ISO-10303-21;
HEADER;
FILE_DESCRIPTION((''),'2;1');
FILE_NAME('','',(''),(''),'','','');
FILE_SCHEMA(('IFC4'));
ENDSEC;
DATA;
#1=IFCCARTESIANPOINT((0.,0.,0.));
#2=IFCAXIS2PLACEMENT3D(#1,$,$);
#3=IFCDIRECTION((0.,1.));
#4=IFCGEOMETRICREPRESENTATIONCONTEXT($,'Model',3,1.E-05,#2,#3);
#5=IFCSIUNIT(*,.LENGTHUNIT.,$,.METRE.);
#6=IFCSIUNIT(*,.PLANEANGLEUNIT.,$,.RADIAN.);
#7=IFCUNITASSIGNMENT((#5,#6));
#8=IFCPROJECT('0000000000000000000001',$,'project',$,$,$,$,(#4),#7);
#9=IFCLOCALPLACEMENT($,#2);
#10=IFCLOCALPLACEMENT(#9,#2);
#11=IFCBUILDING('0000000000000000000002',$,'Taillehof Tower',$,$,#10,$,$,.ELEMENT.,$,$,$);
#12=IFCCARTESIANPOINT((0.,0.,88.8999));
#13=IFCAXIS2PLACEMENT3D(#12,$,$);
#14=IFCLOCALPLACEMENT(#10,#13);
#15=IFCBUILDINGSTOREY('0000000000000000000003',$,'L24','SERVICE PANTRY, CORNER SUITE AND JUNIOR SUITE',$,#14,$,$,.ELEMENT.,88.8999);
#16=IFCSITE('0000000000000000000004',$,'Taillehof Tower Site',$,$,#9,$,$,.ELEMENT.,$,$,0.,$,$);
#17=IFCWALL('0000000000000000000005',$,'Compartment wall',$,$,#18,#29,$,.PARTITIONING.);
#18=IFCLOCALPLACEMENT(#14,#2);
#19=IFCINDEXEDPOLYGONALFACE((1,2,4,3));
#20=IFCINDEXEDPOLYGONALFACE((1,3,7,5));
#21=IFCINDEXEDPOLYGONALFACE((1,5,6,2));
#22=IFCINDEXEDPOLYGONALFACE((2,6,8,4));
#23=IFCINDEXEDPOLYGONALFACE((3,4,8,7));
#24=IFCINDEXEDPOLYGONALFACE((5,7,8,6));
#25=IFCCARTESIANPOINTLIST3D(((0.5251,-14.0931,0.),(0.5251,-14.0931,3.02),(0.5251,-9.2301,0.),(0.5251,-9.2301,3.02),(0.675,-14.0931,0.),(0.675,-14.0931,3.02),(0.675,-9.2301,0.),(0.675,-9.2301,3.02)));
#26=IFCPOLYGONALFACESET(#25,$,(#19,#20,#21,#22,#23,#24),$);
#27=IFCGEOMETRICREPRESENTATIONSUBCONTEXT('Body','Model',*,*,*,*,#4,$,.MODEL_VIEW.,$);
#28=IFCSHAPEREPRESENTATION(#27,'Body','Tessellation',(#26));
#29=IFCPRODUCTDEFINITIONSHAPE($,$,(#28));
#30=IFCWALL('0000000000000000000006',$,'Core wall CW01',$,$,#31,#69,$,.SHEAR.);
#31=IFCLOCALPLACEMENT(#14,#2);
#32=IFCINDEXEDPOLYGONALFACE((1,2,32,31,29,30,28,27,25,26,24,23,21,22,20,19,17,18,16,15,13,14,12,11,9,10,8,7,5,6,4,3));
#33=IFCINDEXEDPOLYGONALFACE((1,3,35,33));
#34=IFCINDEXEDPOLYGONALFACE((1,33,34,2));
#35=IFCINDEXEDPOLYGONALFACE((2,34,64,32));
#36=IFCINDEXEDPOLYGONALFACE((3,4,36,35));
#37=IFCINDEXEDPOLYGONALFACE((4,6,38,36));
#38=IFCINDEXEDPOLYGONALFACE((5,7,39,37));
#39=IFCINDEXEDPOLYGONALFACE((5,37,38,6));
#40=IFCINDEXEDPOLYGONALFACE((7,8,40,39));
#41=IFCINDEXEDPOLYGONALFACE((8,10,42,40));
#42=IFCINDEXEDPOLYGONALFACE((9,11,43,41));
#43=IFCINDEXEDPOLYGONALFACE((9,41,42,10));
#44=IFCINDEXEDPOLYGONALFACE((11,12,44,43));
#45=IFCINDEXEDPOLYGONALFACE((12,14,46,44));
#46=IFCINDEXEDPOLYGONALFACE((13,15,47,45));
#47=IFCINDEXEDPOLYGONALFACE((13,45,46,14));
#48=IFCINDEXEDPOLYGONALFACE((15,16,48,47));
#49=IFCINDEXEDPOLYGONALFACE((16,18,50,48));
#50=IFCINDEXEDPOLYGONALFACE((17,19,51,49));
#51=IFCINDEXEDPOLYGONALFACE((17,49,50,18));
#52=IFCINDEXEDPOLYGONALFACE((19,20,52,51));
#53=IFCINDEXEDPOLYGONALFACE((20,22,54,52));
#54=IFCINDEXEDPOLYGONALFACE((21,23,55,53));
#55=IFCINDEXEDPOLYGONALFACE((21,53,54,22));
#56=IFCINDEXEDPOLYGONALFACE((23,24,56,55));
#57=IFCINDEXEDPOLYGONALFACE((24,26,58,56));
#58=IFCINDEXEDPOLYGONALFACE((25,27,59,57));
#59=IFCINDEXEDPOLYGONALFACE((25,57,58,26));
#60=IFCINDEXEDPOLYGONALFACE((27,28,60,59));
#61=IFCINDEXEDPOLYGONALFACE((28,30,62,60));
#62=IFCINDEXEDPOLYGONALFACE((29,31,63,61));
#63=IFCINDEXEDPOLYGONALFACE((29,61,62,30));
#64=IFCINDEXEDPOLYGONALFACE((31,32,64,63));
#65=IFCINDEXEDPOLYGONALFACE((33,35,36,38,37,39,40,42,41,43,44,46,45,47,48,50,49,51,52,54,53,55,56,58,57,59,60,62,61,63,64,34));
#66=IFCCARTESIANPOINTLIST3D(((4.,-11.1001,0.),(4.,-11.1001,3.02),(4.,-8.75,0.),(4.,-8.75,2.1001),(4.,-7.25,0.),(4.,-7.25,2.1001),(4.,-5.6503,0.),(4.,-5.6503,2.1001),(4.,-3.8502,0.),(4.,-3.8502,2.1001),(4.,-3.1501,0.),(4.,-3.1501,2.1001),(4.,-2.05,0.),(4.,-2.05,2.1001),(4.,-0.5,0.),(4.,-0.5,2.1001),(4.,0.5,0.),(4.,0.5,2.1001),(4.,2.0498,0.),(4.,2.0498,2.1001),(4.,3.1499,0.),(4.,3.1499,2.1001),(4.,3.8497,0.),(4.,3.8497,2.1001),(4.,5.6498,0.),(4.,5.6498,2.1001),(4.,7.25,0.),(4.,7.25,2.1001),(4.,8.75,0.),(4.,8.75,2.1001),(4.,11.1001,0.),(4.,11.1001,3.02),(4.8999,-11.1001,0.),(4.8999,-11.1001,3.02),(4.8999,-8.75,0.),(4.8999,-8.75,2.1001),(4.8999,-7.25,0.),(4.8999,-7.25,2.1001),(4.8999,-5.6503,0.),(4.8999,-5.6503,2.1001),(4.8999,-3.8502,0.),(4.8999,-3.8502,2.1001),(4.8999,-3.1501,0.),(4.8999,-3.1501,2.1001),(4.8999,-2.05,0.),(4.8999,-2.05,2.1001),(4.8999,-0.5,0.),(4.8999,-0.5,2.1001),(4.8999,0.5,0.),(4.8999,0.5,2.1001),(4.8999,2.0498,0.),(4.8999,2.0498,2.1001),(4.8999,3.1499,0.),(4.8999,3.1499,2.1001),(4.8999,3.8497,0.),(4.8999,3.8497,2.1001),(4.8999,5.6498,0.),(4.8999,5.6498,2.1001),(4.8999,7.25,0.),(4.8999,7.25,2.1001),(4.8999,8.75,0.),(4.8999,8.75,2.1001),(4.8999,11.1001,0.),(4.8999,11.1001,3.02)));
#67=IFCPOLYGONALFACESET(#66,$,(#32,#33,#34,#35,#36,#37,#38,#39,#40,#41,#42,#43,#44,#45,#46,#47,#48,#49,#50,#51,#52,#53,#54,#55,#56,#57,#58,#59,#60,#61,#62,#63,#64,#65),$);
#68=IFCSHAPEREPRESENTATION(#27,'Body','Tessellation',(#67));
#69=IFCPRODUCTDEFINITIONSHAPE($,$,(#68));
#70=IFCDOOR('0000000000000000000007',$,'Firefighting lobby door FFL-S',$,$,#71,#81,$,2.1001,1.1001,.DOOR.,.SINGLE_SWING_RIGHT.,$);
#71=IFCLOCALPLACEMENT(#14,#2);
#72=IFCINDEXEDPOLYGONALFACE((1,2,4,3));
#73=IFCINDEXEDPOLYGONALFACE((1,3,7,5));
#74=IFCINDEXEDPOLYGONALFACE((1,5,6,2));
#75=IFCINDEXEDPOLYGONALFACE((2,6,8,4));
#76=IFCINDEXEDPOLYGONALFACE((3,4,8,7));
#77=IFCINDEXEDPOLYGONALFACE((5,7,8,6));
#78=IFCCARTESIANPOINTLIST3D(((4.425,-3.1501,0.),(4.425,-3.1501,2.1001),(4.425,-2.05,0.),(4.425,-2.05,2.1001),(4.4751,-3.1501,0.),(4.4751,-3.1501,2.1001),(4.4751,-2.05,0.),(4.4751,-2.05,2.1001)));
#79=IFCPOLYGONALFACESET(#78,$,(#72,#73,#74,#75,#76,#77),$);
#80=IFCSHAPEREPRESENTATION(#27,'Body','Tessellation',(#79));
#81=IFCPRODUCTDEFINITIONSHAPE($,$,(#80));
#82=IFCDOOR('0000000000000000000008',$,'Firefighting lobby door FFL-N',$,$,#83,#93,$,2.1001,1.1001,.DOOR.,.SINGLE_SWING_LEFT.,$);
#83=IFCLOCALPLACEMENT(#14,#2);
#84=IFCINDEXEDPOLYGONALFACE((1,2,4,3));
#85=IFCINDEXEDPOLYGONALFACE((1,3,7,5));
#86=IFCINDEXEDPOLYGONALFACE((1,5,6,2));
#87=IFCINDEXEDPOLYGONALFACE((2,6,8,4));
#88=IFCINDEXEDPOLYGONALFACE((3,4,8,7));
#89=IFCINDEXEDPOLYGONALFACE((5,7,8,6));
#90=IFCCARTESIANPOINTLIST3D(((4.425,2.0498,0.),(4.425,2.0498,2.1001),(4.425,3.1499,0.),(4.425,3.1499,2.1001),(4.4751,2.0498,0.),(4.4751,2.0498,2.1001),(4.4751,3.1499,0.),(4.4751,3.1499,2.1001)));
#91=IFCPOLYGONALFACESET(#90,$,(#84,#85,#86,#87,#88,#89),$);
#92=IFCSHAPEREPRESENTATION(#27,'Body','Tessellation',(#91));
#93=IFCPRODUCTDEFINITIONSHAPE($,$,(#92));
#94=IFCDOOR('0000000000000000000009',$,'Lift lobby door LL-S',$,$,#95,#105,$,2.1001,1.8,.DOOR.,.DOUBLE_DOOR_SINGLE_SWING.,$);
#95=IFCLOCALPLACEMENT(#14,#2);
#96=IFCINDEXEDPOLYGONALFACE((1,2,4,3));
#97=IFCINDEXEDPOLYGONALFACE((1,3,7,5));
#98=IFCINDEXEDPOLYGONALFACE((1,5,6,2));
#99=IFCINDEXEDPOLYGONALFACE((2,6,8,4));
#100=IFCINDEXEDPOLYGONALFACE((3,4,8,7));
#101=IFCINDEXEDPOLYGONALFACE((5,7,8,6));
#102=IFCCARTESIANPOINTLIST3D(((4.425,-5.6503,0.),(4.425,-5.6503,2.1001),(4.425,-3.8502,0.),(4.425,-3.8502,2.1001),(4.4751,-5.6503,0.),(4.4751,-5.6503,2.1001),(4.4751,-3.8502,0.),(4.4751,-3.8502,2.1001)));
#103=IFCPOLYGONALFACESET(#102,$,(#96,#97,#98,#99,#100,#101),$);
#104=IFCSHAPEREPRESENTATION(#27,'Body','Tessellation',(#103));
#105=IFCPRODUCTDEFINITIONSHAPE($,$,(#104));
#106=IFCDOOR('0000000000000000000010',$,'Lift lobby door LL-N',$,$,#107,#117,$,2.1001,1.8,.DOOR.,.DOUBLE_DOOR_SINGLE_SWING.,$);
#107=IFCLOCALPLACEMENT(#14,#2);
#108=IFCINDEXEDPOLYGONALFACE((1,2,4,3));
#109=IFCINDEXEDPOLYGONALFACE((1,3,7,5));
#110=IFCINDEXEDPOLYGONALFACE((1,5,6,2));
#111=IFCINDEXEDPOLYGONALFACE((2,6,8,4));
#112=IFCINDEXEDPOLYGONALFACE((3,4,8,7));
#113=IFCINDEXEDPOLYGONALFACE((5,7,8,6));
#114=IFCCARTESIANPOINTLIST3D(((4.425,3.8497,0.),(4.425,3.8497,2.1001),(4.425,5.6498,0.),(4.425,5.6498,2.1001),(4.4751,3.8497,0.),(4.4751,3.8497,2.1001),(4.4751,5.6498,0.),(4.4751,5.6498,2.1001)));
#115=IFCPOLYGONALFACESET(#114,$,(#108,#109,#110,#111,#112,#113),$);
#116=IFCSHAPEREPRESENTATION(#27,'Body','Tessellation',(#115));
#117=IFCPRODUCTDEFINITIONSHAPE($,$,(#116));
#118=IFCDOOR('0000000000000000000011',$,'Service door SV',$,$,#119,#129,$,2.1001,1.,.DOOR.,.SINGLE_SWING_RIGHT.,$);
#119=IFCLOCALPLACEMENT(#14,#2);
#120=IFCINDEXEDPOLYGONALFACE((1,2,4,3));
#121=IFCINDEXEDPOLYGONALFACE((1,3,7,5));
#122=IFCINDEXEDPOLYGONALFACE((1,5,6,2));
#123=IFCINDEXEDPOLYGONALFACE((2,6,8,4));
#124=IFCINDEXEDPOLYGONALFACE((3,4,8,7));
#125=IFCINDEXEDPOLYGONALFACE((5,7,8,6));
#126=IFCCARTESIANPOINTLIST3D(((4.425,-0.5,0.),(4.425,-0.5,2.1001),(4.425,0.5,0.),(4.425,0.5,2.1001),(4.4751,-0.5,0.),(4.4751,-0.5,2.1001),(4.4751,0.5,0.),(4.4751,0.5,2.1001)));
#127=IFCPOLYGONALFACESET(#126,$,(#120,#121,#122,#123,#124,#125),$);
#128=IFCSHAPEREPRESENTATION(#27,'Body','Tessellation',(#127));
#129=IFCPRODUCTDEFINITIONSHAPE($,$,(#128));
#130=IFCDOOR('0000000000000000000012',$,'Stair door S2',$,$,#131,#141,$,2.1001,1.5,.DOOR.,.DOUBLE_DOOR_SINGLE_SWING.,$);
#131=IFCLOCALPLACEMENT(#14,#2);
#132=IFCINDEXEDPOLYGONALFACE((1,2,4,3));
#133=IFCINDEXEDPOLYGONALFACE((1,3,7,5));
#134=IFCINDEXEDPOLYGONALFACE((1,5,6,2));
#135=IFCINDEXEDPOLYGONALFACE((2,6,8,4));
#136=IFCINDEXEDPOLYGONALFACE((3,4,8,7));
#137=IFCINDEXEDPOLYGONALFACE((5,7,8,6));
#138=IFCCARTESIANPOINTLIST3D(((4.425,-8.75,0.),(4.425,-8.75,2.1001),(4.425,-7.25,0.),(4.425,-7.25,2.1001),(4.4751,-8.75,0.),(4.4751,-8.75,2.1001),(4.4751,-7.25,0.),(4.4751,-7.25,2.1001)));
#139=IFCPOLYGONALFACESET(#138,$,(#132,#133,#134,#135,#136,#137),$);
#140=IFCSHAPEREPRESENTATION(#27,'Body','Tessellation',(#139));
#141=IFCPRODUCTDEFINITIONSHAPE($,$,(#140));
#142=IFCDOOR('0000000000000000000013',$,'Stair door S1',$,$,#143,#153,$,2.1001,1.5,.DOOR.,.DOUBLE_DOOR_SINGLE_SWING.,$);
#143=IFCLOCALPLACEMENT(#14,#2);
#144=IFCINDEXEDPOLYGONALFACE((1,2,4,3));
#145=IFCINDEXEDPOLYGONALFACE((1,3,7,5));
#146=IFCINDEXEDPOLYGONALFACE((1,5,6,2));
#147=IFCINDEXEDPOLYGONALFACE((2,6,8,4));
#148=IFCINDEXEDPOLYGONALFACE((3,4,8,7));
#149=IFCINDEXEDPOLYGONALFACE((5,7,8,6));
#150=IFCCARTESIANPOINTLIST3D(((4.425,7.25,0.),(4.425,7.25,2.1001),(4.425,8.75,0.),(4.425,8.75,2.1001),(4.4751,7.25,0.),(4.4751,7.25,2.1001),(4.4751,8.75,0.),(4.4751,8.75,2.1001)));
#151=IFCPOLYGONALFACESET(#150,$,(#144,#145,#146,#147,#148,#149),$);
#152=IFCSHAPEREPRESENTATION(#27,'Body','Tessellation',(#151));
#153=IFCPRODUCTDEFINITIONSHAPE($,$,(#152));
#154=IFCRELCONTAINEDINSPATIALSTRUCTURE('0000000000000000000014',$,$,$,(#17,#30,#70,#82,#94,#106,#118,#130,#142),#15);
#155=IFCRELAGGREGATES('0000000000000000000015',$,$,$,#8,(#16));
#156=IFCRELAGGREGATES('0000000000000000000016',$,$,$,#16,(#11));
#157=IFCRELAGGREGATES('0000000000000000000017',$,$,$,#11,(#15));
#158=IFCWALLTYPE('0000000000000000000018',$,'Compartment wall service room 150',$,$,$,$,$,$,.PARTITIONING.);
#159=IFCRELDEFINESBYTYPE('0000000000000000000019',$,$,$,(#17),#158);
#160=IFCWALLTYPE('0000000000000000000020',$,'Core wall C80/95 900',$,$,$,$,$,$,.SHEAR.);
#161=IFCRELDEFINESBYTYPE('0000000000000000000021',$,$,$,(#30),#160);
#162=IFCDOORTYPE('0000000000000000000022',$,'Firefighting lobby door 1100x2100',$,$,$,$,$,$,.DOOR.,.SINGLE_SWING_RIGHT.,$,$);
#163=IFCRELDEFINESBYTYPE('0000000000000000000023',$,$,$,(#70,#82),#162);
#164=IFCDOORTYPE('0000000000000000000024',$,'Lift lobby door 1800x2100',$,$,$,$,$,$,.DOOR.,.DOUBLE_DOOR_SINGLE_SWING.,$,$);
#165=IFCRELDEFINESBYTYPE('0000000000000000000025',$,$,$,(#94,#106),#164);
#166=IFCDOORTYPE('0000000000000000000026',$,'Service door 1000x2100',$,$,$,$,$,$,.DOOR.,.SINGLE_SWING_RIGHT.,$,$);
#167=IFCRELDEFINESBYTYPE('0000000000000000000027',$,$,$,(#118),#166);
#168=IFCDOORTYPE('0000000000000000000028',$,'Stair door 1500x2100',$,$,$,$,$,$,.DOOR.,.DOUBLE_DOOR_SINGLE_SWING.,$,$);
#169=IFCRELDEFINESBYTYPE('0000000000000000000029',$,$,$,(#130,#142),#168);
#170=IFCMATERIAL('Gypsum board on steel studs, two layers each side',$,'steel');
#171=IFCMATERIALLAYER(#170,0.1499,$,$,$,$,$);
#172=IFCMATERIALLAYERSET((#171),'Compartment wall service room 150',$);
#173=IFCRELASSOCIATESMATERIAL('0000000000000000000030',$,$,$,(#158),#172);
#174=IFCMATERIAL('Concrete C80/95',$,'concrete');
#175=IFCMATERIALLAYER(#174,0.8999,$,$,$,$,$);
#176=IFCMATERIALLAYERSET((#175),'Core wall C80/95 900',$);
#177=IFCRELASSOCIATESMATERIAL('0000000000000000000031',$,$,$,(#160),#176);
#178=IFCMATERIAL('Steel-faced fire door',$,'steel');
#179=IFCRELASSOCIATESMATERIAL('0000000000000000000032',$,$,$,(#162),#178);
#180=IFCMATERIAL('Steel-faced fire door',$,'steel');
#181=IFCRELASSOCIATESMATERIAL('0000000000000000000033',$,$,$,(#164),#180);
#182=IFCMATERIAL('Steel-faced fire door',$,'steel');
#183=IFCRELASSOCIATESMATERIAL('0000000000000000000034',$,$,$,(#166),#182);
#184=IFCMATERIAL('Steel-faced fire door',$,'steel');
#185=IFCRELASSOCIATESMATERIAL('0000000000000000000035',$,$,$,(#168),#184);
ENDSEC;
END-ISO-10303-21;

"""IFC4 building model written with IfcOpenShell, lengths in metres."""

from ifc_helpers import new_model, si_unit, direction, frame, frame_2d, origin, place, context, subcontext, project, spatial, rectangle, extrude, material, layer, layer_set, type_object, element, fill, save


model = new_model("IFC4")

# Units and contexts
model_context = context("Model", 3, precision=1e-05, world=origin(), true_north=direction((0.0, 1.0)))
body_context = subcontext(model_context, "Body", "Model", "MODEL_VIEW")
ifc_project = project(units=[si_unit("LENGTHUNIT", "METRE"), si_unit("PLANEANGLEUNIT", "RADIAN")], contexts=[model_context])

# Site, building, storey
site_placement = place(None, origin())
site = spatial("IfcSite", under=ifc_project, at=site_placement, Name="Taillehof Tower Site", CompositionType="ELEMENT", RefElevation=0.0)
building_placement = place(site_placement, origin())
building = spatial("IfcBuilding", under=site, at=building_placement, Name="Taillehof Tower", CompositionType="ELEMENT")
storey_placement = place(building_placement, frame((0.0, 0.0, 88.8999)))
storey = spatial("IfcBuildingStorey", under=building, at=storey_placement, Name="L24", Description="SERVICE PANTRY, CORNER SUITE AND JUNIOR SUITE", CompositionType="ELEMENT", Elevation=88.8999)

# Wall
ifc_material_1 = material(Name="Gypsum board on steel studs, two layers each side", Category="steel")
ifc_layer_1 = layer(ifc_material_1, 0.1499)
ifc_layer_set_1 = layer_set([ifc_layer_1], Name="Compartment wall service room 150")
wall_type_1 = type_object("IfcWallType", Name="Compartment wall service room 150", PredefinedType="PARTITIONING", material=ifc_layer_set_1)
wall_1_placement = place(storey_placement, frame((0.6001, -9.23, 0.0), z_axis=(0.0, 0.0, 1.0), x_axis=(0.0, -1.0, 0.0)))
element("IfcWall", 1, at=wall_1_placement, inside=storey, type_object=wall_type_1, Name="Compartment wall", PredefinedType="PARTITIONING", context=body_context, shape_type="SweptSolid", body=[
    extrude(rectangle(XDim=4.863, YDim=0.1499, at=frame_2d((2.4316, 0.0))), origin(), (0.0, 0.0, 1.0), 3.02),
])

# Wall, openings, doors
ifc_material_2 = material(Name="Concrete C80/95", Category="concrete")
ifc_layer_2 = layer(ifc_material_2, 0.8999)
ifc_layer_set_2 = layer_set([ifc_layer_2], Name="Core wall C80/95 900")
wall_type_2 = type_object("IfcWallType", Name="Core wall C80/95 900", PredefinedType="SHEAR", material=ifc_layer_set_2)
wall_2_placement = place(storey_placement, frame((4.45, -11.1001, 0.0), z_axis=(0.0, 0.0, 1.0), x_axis=(0.0, 1.0, 0.0)))
wall_2 = element("IfcWall", 2, at=wall_2_placement, inside=storey, type_object=wall_type_2, Name="Core wall CW01", PredefinedType="SHEAR", context=body_context, shape_type="SweptSolid", body=[
    extrude(rectangle(XDim=22.2002, YDim=0.8999, at=frame_2d((11.1001, 0.0))), origin(), (0.0, 0.0, 1.0), 3.02),
])
opening_1_placement = place(wall_2_placement, frame((2.3501, 0.0, 0.0)))
opening_1 = element("IfcOpeningElement", 3, at=opening_1_placement, cuts=wall_2, PredefinedType="OPENING", context=body_context, shape_type="SweptSolid", body=[
    extrude(rectangle(XDim=1.5, YDim=2.1001, at=frame_2d((0.75, 1.05))), frame((0.0, 0.46, 0.0), z_axis=(0.0, -1.0, 0.0), x_axis=(1.0, 0.0, 0.0)), (0.0, 0.0, 1.0), 0.9199),
])
opening_2_placement = place(wall_2_placement, frame((5.45, 0.0, 0.0)))
opening_2 = element("IfcOpeningElement", 4, at=opening_2_placement, cuts=wall_2, PredefinedType="OPENING", context=body_context, shape_type="SweptSolid", body=[
    extrude(rectangle(XDim=1.8, YDim=2.1001, at=frame_2d((0.8999, 1.05))), frame((0.0, 0.46, 0.0), z_axis=(0.0, -1.0, 0.0), x_axis=(1.0, 0.0, 0.0)), (0.0, 0.0, 1.0), 0.9199),
])
opening_3_placement = place(wall_2_placement, frame((7.95, 0.0, 0.0)))
opening_3 = element("IfcOpeningElement", 5, at=opening_3_placement, cuts=wall_2, PredefinedType="OPENING", context=body_context, shape_type="SweptSolid", body=[
    extrude(rectangle(XDim=1.1001, YDim=2.1001, at=frame_2d((0.55, 1.05))), frame((0.0, 0.46, 0.0), z_axis=(0.0, -1.0, 0.0), x_axis=(1.0, 0.0, 0.0)), (0.0, 0.0, 1.0), 0.9199),
])
opening_4_placement = place(wall_2_placement, frame((10.6001, 0.0, 0.0)))
opening_4 = element("IfcOpeningElement", 6, at=opening_4_placement, cuts=wall_2, PredefinedType="OPENING", context=body_context, shape_type="SweptSolid", body=[
    extrude(rectangle(XDim=1.0, YDim=2.1001, at=frame_2d((0.5, 1.05))), frame((0.0, 0.46, 0.0), z_axis=(0.0, -1.0, 0.0), x_axis=(1.0, 0.0, 0.0)), (0.0, 0.0, 1.0), 0.9199),
])
opening_5_placement = place(wall_2_placement, frame((13.1499, 0.0, 0.0)))
opening_5 = element("IfcOpeningElement", 7, at=opening_5_placement, cuts=wall_2, PredefinedType="OPENING", context=body_context, shape_type="SweptSolid", body=[
    extrude(rectangle(XDim=1.1001, YDim=2.1001, at=frame_2d((0.55, 1.05))), frame((0.0, 0.46, 0.0), z_axis=(0.0, -1.0, 0.0), x_axis=(1.0, 0.0, 0.0)), (0.0, 0.0, 1.0), 0.9199),
])
opening_6_placement = place(wall_2_placement, frame((14.95, 0.0, 0.0)))
opening_6 = element("IfcOpeningElement", 8, at=opening_6_placement, cuts=wall_2, PredefinedType="OPENING", context=body_context, shape_type="SweptSolid", body=[
    extrude(rectangle(XDim=1.8, YDim=2.1001, at=frame_2d((0.8999, 1.05))), frame((0.0, 0.46, 0.0), z_axis=(0.0, -1.0, 0.0), x_axis=(1.0, 0.0, 0.0)), (0.0, 0.0, 1.0), 0.9199),
])
opening_7_placement = place(wall_2_placement, frame((18.3501, 0.0, 0.0)))
opening_7 = element("IfcOpeningElement", 9, at=opening_7_placement, cuts=wall_2, PredefinedType="OPENING", context=body_context, shape_type="SweptSolid", body=[
    extrude(rectangle(XDim=1.5, YDim=2.1001, at=frame_2d((0.75, 1.05))), frame((0.0, 0.46, 0.0), z_axis=(0.0, -1.0, 0.0), x_axis=(1.0, 0.0, 0.0)), (0.0, 0.0, 1.0), 0.9199),
])
ifc_material_3 = material(Name="Steel-faced fire door", Category="steel")
door_type_1 = type_object("IfcDoorType", Name="Firefighting lobby door 1100x2100", OperationType="SINGLE_SWING_RIGHT", PredefinedType="DOOR", material=ifc_material_3)
door_1_placement = place(opening_3_placement, origin())
door_1 = element("IfcDoor", 10, at=door_1_placement, inside=storey, type_object=door_type_1, Name="Firefighting lobby door FFL-S", OperationType="SINGLE_SWING_RIGHT", OverallHeight=2.1001, OverallWidth=1.1001, PredefinedType="DOOR", context=body_context, shape_type="SweptSolid", body=[
    extrude(rectangle(XDim=1.1001, YDim=2.1001, at=frame_2d((0.55, 1.05))), frame((0.0, 0.0249, 0.0), z_axis=(0.0, -1.0, 0.0), x_axis=(1.0, 0.0, 0.0)), (0.0, 0.0, 1.0), 0.05),
])
fill(opening_3, door_1)
door_2_placement = place(opening_5_placement, origin())
door_2 = element("IfcDoor", 11, at=door_2_placement, inside=storey, type_object=door_type_1, Name="Firefighting lobby door FFL-N", OperationType="SINGLE_SWING_LEFT", OverallHeight=2.1001, OverallWidth=1.1001, PredefinedType="DOOR", context=body_context, shape_type="SweptSolid", body=[
    extrude(rectangle(XDim=1.1001, YDim=2.1001, at=frame_2d((0.55, 1.05))), frame((0.0, 0.0249, 0.0), z_axis=(0.0, -1.0, 0.0), x_axis=(1.0, 0.0, 0.0)), (0.0, 0.0, 1.0), 0.05),
])
fill(opening_5, door_2)
ifc_material_4 = material(Name="Steel-faced fire door", Category="steel")
door_type_2 = type_object("IfcDoorType", Name="Lift lobby door 1800x2100", OperationType="DOUBLE_DOOR_SINGLE_SWING", PredefinedType="DOOR", material=ifc_material_4)
door_3_placement = place(opening_2_placement, origin())
door_3 = element("IfcDoor", 12, at=door_3_placement, inside=storey, type_object=door_type_2, Name="Lift lobby door LL-S", OperationType="DOUBLE_DOOR_SINGLE_SWING", OverallHeight=2.1001, OverallWidth=1.8, PredefinedType="DOOR", context=body_context, shape_type="SweptSolid", body=[
    extrude(rectangle(XDim=1.8, YDim=2.1001, at=frame_2d((0.8999, 1.05))), frame((0.0, 0.0249, 0.0), z_axis=(0.0, -1.0, 0.0), x_axis=(1.0, 0.0, 0.0)), (0.0, 0.0, 1.0), 0.05),
])
fill(opening_2, door_3)
door_4_placement = place(opening_6_placement, origin())
door_4 = element("IfcDoor", 13, at=door_4_placement, inside=storey, type_object=door_type_2, Name="Lift lobby door LL-N", OperationType="DOUBLE_DOOR_SINGLE_SWING", OverallHeight=2.1001, OverallWidth=1.8, PredefinedType="DOOR", context=body_context, shape_type="SweptSolid", body=[
    extrude(rectangle(XDim=1.8, YDim=2.1001, at=frame_2d((0.8999, 1.05))), frame((0.0, 0.0249, 0.0), z_axis=(0.0, -1.0, 0.0), x_axis=(1.0, 0.0, 0.0)), (0.0, 0.0, 1.0), 0.05),
])
fill(opening_6, door_4)
ifc_material_5 = material(Name="Steel-faced fire door", Category="steel")
door_type_3 = type_object("IfcDoorType", Name="Service door 1000x2100", OperationType="SINGLE_SWING_RIGHT", PredefinedType="DOOR", material=ifc_material_5)
door_5_placement = place(opening_4_placement, origin())
door_5 = element("IfcDoor", 14, at=door_5_placement, inside=storey, type_object=door_type_3, Name="Service door SV", OperationType="SINGLE_SWING_RIGHT", OverallHeight=2.1001, OverallWidth=1.0, PredefinedType="DOOR", context=body_context, shape_type="SweptSolid", body=[
    extrude(rectangle(XDim=1.0, YDim=2.1001, at=frame_2d((0.5, 1.05))), frame((0.0, 0.0249, 0.0), z_axis=(0.0, -1.0, 0.0), x_axis=(1.0, 0.0, 0.0)), (0.0, 0.0, 1.0), 0.05),
])
fill(opening_4, door_5)
ifc_material_6 = material(Name="Steel-faced fire door", Category="steel")
door_type_4 = type_object("IfcDoorType", Name="Stair door 1500x2100", OperationType="DOUBLE_DOOR_SINGLE_SWING", PredefinedType="DOOR", material=ifc_material_6)
door_6_placement = place(opening_1_placement, origin())
door_6 = element("IfcDoor", 15, at=door_6_placement, inside=storey, type_object=door_type_4, Name="Stair door S2", OperationType="DOUBLE_DOOR_SINGLE_SWING", OverallHeight=2.1001, OverallWidth=1.5, PredefinedType="DOOR", context=body_context, shape_type="SweptSolid", body=[
    extrude(rectangle(XDim=1.5, YDim=2.1001, at=frame_2d((0.75, 1.05))), frame((0.0, 0.0249, 0.0), z_axis=(0.0, -1.0, 0.0), x_axis=(1.0, 0.0, 0.0)), (0.0, 0.0, 1.0), 0.05),
])
fill(opening_1, door_6)
door_7_placement = place(opening_7_placement, origin())
door_7 = element("IfcDoor", 16, at=door_7_placement, inside=storey, type_object=door_type_4, Name="Stair door S1", OperationType="DOUBLE_DOOR_SINGLE_SWING", OverallHeight=2.1001, OverallWidth=1.5, PredefinedType="DOOR", context=body_context, shape_type="SweptSolid", body=[
    extrude(rectangle(XDim=1.5, YDim=2.1001, at=frame_2d((0.75, 1.05))), frame((0.0, 0.0249, 0.0), z_axis=(0.0, -1.0, 0.0), x_axis=(1.0, 0.0, 0.0)), (0.0, 0.0, 1.0), 0.05),
])
fill(opening_7, door_7)

save(model, "model.ifc")
